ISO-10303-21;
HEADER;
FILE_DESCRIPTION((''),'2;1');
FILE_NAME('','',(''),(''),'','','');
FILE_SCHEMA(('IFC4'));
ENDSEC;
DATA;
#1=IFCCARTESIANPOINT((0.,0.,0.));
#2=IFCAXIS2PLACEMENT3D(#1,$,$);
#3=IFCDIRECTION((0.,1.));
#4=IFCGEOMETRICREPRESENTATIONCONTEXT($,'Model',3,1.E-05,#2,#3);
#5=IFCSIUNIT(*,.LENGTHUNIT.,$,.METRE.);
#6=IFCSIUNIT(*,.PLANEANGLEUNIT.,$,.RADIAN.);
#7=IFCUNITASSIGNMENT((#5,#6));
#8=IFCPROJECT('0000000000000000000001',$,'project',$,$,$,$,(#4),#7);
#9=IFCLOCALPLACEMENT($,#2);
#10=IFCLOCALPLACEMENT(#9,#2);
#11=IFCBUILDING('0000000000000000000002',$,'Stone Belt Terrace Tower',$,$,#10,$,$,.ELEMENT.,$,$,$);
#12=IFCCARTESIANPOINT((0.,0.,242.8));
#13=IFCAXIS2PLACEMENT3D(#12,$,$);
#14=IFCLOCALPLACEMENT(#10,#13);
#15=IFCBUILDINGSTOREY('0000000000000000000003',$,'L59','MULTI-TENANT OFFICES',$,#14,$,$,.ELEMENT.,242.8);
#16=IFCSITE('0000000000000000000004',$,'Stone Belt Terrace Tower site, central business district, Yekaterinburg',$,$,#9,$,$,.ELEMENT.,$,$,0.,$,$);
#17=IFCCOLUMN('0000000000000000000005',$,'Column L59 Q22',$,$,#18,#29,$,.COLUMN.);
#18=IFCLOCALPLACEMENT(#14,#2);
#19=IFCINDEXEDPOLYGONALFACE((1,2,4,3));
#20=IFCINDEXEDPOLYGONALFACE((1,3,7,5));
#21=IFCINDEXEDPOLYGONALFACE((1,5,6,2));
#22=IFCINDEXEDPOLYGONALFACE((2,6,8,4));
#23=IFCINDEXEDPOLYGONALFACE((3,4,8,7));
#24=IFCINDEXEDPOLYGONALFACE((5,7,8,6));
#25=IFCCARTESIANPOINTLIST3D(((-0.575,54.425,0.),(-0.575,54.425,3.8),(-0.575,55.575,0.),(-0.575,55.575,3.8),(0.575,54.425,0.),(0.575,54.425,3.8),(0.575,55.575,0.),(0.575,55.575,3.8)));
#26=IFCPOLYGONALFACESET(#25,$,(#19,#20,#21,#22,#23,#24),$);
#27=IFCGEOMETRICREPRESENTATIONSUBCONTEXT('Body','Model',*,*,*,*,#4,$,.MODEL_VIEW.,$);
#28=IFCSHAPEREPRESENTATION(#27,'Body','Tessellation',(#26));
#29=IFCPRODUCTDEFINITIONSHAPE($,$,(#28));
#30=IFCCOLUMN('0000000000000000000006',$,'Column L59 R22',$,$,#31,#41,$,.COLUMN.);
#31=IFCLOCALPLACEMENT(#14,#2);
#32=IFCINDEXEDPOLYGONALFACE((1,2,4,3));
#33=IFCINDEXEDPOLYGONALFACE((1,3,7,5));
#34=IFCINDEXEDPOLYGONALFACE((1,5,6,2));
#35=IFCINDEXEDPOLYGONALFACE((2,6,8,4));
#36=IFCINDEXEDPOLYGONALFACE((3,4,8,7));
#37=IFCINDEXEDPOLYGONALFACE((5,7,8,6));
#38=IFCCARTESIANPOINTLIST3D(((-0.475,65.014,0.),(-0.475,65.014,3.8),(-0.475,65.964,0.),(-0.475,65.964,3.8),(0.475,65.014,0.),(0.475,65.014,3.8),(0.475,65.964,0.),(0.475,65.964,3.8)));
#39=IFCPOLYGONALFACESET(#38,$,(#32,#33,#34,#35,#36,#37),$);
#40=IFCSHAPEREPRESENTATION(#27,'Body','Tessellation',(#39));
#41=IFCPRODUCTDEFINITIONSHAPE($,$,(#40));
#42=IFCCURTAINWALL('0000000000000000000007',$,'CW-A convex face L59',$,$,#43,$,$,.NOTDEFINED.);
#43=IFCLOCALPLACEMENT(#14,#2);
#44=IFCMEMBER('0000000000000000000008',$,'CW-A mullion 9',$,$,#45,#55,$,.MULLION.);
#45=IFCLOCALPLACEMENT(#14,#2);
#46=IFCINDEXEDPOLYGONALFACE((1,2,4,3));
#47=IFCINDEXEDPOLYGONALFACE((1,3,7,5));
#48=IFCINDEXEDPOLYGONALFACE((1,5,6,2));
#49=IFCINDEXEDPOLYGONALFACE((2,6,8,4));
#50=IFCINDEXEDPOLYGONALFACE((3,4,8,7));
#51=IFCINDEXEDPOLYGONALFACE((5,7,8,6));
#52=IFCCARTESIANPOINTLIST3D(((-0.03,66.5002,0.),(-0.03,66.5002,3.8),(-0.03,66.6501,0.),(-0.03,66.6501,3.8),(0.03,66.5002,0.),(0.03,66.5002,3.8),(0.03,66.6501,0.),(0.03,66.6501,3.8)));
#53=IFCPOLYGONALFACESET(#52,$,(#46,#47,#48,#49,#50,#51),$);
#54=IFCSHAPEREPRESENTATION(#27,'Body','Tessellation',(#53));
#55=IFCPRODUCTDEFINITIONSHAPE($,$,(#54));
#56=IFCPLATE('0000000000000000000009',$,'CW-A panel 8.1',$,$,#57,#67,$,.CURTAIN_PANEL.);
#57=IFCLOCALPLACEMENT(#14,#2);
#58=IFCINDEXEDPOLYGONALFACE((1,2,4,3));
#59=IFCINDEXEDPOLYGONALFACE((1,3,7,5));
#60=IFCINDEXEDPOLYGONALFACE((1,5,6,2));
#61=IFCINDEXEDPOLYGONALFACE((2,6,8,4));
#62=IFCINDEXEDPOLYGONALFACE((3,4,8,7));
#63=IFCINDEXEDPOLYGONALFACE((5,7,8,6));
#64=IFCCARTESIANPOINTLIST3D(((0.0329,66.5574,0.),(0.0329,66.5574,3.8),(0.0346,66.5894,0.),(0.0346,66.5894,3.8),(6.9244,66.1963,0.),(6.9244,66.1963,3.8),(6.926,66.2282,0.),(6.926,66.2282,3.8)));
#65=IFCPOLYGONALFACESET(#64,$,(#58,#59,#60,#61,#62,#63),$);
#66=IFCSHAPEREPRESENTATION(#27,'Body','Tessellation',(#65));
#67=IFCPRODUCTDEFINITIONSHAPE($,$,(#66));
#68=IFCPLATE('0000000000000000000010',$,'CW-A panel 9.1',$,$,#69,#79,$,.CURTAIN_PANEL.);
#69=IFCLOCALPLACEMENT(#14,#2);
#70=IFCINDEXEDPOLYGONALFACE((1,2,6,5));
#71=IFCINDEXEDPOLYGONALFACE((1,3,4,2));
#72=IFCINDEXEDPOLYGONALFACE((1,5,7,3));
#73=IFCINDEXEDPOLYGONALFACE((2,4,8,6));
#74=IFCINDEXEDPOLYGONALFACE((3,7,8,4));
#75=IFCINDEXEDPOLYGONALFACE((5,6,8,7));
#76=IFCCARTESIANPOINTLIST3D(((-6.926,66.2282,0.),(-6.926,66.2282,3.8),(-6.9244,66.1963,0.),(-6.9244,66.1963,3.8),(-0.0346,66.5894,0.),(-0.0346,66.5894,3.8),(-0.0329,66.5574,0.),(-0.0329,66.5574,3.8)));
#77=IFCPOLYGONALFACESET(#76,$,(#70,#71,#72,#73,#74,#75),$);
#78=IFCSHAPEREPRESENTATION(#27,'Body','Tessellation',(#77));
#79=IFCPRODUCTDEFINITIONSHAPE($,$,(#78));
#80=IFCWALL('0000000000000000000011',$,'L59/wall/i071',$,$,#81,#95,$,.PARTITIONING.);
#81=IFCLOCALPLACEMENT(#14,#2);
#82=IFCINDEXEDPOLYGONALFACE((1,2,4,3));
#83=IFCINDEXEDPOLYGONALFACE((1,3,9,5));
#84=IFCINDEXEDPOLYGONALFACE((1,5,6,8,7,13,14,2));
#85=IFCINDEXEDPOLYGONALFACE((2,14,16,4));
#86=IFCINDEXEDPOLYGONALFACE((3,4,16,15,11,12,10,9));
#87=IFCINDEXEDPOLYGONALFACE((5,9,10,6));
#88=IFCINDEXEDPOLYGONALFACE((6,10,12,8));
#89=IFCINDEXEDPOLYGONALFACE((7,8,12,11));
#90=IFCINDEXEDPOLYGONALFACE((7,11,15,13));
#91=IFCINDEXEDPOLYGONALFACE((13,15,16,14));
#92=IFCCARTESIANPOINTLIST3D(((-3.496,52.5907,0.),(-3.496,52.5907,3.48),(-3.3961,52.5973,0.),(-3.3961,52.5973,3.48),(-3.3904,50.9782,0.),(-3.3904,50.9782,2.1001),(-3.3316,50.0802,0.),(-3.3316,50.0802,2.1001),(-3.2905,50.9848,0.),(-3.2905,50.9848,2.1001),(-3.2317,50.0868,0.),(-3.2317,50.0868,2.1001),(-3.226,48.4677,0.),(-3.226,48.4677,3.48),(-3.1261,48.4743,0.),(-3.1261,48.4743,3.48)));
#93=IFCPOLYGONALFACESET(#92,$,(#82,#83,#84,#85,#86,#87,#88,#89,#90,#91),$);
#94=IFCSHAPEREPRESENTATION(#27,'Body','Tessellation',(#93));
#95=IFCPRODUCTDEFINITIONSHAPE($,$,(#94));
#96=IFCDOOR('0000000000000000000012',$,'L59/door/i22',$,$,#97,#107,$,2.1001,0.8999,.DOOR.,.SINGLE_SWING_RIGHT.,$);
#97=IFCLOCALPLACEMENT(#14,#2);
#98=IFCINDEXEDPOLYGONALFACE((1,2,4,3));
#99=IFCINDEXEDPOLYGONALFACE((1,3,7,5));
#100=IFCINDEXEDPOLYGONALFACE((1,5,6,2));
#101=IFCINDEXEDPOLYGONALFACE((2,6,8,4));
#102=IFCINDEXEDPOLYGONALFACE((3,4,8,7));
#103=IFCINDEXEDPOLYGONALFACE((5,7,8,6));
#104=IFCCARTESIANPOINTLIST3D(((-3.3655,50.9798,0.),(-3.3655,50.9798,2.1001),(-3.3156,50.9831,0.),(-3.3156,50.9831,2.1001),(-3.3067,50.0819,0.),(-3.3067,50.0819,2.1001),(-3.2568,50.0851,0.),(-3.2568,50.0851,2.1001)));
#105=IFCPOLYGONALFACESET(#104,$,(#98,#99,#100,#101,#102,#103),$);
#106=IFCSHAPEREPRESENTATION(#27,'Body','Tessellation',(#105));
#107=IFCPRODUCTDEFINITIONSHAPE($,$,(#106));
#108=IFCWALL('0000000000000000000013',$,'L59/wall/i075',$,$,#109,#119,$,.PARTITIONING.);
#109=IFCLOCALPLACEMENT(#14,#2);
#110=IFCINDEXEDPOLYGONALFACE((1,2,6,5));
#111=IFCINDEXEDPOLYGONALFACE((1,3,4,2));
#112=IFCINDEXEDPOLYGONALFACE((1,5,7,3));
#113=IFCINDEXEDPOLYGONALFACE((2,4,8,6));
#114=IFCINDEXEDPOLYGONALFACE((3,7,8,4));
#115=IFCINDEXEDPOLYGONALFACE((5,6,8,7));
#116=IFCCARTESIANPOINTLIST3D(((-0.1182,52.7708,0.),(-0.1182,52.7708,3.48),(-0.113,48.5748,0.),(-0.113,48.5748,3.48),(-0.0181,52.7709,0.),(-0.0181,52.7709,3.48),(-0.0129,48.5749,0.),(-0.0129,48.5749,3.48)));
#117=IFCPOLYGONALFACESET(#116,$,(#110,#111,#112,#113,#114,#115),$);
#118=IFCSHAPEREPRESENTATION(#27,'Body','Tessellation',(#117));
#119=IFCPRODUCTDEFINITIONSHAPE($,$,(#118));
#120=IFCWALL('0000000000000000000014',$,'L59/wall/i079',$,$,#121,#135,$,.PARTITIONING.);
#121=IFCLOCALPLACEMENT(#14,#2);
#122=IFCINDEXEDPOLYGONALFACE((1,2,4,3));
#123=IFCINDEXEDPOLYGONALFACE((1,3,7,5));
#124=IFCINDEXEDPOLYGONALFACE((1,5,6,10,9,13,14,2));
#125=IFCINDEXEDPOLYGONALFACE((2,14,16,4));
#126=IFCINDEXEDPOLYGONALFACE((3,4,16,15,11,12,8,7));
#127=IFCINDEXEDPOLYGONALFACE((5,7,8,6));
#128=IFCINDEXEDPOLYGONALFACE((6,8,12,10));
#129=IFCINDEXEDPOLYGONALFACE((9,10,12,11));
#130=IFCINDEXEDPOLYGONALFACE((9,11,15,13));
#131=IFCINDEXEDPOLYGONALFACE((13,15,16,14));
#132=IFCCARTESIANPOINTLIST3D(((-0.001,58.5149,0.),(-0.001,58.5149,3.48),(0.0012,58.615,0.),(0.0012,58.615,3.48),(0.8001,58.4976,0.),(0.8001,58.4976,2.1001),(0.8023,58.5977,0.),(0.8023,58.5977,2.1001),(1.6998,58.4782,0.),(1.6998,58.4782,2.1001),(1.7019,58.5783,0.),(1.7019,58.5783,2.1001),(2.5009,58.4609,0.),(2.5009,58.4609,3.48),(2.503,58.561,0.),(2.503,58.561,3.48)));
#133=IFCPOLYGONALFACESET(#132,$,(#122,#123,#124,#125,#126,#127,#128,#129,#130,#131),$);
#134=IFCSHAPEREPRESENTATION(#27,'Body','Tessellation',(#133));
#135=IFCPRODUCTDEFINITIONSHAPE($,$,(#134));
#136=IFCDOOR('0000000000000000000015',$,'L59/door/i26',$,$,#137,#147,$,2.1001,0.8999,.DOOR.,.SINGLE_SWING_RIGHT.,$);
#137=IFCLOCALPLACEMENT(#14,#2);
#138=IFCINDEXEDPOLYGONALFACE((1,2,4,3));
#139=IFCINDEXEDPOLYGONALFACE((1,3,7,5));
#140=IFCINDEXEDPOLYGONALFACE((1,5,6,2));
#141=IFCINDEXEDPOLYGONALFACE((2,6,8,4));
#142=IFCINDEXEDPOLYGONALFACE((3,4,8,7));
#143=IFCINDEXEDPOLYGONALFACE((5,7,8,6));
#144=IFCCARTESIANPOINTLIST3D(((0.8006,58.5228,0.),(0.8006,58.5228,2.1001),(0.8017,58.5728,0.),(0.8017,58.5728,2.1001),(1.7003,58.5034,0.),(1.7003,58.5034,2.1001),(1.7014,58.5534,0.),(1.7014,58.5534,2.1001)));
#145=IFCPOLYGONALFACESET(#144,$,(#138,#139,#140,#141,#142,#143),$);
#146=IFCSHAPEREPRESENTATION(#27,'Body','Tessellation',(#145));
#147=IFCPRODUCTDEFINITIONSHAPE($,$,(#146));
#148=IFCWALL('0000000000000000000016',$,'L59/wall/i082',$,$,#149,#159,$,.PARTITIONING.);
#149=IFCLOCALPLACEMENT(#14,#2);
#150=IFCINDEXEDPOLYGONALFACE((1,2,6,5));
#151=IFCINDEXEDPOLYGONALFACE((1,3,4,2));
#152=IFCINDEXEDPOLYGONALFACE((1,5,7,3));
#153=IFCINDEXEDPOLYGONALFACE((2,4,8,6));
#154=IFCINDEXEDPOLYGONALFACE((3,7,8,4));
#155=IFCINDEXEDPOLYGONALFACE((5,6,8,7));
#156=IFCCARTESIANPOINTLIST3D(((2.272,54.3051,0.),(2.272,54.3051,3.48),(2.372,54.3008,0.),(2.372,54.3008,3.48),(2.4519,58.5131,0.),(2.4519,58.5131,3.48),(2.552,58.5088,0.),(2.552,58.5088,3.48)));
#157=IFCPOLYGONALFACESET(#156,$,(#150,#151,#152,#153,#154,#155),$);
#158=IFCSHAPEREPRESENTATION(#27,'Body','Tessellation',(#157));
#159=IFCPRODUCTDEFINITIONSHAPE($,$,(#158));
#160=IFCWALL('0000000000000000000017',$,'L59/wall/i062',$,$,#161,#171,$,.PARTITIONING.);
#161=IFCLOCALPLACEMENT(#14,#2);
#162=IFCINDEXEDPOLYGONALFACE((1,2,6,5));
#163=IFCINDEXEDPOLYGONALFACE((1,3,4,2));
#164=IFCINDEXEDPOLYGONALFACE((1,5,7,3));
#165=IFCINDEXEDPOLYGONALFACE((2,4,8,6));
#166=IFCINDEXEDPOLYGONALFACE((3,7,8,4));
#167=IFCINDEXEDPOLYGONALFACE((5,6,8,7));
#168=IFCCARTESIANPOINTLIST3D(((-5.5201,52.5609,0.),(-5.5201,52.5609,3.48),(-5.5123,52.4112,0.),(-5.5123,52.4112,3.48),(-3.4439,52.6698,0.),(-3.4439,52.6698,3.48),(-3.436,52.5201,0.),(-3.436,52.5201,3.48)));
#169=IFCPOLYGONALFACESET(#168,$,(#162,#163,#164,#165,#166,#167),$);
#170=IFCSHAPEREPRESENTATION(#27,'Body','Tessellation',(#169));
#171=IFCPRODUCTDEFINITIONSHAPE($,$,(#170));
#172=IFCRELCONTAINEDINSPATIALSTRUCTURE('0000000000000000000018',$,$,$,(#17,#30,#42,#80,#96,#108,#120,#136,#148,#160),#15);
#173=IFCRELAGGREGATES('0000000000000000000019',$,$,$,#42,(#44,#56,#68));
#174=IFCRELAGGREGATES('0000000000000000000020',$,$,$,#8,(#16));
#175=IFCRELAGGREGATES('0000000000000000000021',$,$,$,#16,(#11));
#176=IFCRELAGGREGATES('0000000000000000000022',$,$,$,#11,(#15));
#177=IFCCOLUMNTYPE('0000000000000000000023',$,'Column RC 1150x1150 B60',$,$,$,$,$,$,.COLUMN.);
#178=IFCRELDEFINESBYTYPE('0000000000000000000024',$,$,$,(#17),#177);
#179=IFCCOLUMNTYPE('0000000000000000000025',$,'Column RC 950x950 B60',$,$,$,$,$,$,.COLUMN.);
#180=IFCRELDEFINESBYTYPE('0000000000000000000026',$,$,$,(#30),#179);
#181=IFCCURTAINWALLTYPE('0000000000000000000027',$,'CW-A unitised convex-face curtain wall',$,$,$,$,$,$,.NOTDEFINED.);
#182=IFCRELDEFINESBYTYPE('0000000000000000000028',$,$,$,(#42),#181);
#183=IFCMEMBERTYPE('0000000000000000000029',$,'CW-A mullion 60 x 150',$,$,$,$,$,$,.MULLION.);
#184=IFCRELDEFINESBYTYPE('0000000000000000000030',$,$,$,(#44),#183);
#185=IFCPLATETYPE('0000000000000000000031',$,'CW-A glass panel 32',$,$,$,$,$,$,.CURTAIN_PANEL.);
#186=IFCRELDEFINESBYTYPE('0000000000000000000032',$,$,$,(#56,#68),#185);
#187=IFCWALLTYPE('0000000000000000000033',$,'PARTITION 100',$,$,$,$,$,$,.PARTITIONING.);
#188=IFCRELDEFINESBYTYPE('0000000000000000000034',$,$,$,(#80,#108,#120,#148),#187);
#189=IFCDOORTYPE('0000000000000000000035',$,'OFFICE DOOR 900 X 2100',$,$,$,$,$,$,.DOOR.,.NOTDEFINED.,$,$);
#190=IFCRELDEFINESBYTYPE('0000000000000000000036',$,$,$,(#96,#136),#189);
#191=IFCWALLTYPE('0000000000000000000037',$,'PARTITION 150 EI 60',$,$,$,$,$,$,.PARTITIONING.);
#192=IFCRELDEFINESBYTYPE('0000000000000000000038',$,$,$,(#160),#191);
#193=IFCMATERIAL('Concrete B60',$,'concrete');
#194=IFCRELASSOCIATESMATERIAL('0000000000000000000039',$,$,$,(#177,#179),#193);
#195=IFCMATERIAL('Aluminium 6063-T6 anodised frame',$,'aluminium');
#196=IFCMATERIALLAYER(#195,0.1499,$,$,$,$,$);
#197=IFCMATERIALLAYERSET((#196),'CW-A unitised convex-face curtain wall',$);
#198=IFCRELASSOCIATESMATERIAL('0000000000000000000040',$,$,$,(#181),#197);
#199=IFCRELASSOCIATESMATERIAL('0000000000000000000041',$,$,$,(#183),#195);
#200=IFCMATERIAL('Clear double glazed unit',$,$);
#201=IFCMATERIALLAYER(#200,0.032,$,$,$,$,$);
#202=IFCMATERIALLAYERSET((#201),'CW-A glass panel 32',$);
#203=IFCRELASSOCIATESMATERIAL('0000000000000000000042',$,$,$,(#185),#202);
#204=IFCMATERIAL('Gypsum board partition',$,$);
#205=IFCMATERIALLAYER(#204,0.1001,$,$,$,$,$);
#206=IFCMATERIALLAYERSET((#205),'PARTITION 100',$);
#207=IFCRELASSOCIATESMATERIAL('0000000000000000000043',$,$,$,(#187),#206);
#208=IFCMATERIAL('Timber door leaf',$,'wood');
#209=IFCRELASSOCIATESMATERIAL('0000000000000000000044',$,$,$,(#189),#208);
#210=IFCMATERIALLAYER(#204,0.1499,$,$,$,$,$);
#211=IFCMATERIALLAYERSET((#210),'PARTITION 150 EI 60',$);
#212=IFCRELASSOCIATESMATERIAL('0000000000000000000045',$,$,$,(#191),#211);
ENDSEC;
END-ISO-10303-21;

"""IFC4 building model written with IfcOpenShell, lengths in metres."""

from ifc_helpers import new_model, si_unit, direction, frame, frame_2d, origin, origin_2d, place, context, subcontext, project, spatial, rectangle, extrude, material, layer, layer_set, material_profile, profile_set, type_object, element, fill, aggregate, save


model = new_model("IFC4")

# Units and contexts
model_context = context("Model", 3, precision=1e-05, world=origin(), true_north=direction((0.0, 1.0)))
body_context = subcontext(model_context, "Body", "Model", "MODEL_VIEW")
ifc_project = project(units=[si_unit("LENGTHUNIT", "METRE"), si_unit("PLANEANGLEUNIT", "RADIAN")], contexts=[model_context])

# Site, building, storey
site_placement = place(None, origin())
site = spatial("IfcSite", under=ifc_project, at=site_placement, Name="Stone Belt Terrace Tower site, central business district, Yekaterinburg", CompositionType="ELEMENT", RefElevation=0.0)
building_placement = place(site_placement, origin())
building = spatial("IfcBuilding", under=site, at=building_placement, Name="Stone Belt Terrace Tower", CompositionType="ELEMENT")
storey_placement = place(building_placement, frame((0.0, 0.0, 242.8)))
storey = spatial("IfcBuildingStorey", under=building, at=storey_placement, Name="L59", Description="MULTI-TENANT OFFICES", CompositionType="ELEMENT", Elevation=242.8)

# Columns
ifc_material_1 = material(Name="Concrete B60", Category="concrete")
ifc_material_profile_1 = material_profile(ifc_material_1, rectangle(XDim=1.1499, YDim=1.1499, at=origin_2d()), Name="RC 1150x1150")
ifc_profile_set_1 = profile_set([ifc_material_profile_1], Name="Concrete B60")
column_type_1 = type_object("IfcColumnType", Name="Column RC 1150x1150 B60", PredefinedType="COLUMN", material=ifc_profile_set_1)
column_1_placement = place(storey_placement, frame((0.0, 55.0, 0.0), z_axis=(0.0, 0.0, 1.0), x_axis=(1.0, 0.0, 0.0)))
element("IfcColumn", 1, at=column_1_placement, inside=storey, type_object=column_type_1, Name="Column L59 Q22", PredefinedType="COLUMN", context=body_context, shape_type="SweptSolid", body=[
    extrude(rectangle(XDim=1.1499, YDim=1.1499, at=origin_2d()), origin(), (0.0, 0.0, 1.0), 3.8),
])
ifc_material_profile_2 = material_profile(ifc_material_1, rectangle(XDim=0.95, YDim=0.95, at=origin_2d()), Name="RC 950x950")
ifc_profile_set_2 = profile_set([ifc_material_profile_2], Name="Concrete B60")
column_type_2 = type_object("IfcColumnType", Name="Column RC 950x950 B60", PredefinedType="COLUMN", material=ifc_profile_set_2)
column_2_placement = place(storey_placement, frame((0.0, 65.489, 0.0), z_axis=(0.0, 0.0, 1.0), x_axis=(1.0, 0.0, 0.0)))
element("IfcColumn", 2, at=column_2_placement, inside=storey, type_object=column_type_2, Name="Column L59 R22", PredefinedType="COLUMN", context=body_context, shape_type="SweptSolid", body=[
    extrude(rectangle(XDim=0.95, YDim=0.95, at=origin_2d()), origin(), (0.0, 0.0, 1.0), 3.8),
])

# Curtain wall, member, plates
ifc_material_2 = material(Name="Aluminium 6063-T6 anodised frame", Category="aluminium")
ifc_layer_1 = layer(ifc_material_2, 0.1499)
ifc_layer_set_1 = layer_set([ifc_layer_1], Name="CW-A unitised convex-face curtain wall")
curtain_wall_type = type_object("IfcCurtainWallType", Name="CW-A unitised convex-face curtain wall", PredefinedType="NOTDEFINED", material=ifc_layer_set_1)
curtain_wall_placement = place(storey_placement, origin())
curtain_wall = element("IfcCurtainWall", 3, at=curtain_wall_placement, inside=storey, type_object=curtain_wall_type, Name="CW-A convex face L59", PredefinedType="NOTDEFINED")
ifc_material_profile_3 = material_profile(ifc_material_2, rectangle(XDim=0.1499, YDim=0.0601, at=origin_2d()), Name="Aluminium 6063-T6 60x150")
ifc_profile_set_3 = profile_set([ifc_material_profile_3], Name="Aluminium 6063-T6 anodised frame")
member_type = type_object("IfcMemberType", Name="CW-A mullion 60 x 150", PredefinedType="MULLION", material=ifc_profile_set_3)
member_placement = place(storey_placement, frame((0.0, 66.5752, 0.0), z_axis=(0.0, 0.0, 1.0), x_axis=(0.0, -1.0, 0.0)))
member = element("IfcMember", 4, at=member_placement, type_object=member_type, Name="CW-A mullion 9", PredefinedType="MULLION", context=body_context, shape_type="SweptSolid", body=[
    extrude(rectangle(XDim=0.1499, YDim=0.0601, at=origin_2d()), origin(), (0.0, 0.0, 1.0), 3.8),
])
ifc_material_3 = material(Name="Clear double glazed unit")
ifc_layer_2 = layer(ifc_material_3, 0.032)
ifc_layer_set_2 = layer_set([ifc_layer_2], Name="CW-A glass panel 32")
plate_type = type_object("IfcPlateType", Name="CW-A glass panel 32", PredefinedType="CURTAIN_PANEL", material=ifc_layer_set_2)
plate_1_placement = place(storey_placement, frame((3.4795, 66.3928, 0.0), z_axis=(0.0, 0.0, 1.0), x_axis=(-0.99863, 0.052336, 0.0)))
plate_1 = element("IfcPlate", 5, at=plate_1_placement, type_object=plate_type, Name="CW-A panel 8.1", PredefinedType="CURTAIN_PANEL", context=body_context, shape_type="SweptSolid", body=[
    extrude(rectangle(XDim=6.9009, YDim=0.032, at=origin_2d()), origin(), (0.0, 0.0, 1.0), 3.8),
])
plate_2_placement = place(storey_placement, frame((-3.4795, 66.3928, 0.0), z_axis=(0.0, 0.0, 1.0), x_axis=(-0.99863, -0.052336, 0.0)))
plate_2 = element("IfcPlate", 6, at=plate_2_placement, type_object=plate_type, Name="CW-A panel 9.1", PredefinedType="CURTAIN_PANEL", context=body_context, shape_type="SweptSolid", body=[
    extrude(rectangle(XDim=6.9009, YDim=0.032, at=origin_2d()), origin(), (0.0, 0.0, 1.0), 3.8),
])
aggregate(curtain_wall, [member, plate_1, plate_2])

# Wall, opening, door
ifc_material_4 = material(Name="Gypsum board partition")
ifc_layer_3 = layer(ifc_material_4, 0.1001)
ifc_layer_set_3 = layer_set([ifc_layer_3], Name="PARTITION 100")
wall_type_1 = type_object("IfcWallType", Name="PARTITION 100", PredefinedType="PARTITIONING", material=ifc_layer_set_3)
wall_1_placement = place(storey_placement, frame((-3.446, 52.594, 0.0), z_axis=(0.0, 0.0, 1.0), x_axis=(0.06535, -0.997862, 0.0)))
wall_1 = element("IfcWall", 7, at=wall_1_placement, inside=storey, type_object=wall_type_1, Name="L59/wall/i071", PredefinedType="PARTITIONING", context=body_context, shape_type="SweptSolid", body=[
    extrude(rectangle(XDim=4.1318, YDim=0.1001, at=frame_2d((2.0659, 0.0))), origin(), (0.0, 0.0, 1.0), 3.48),
])
opening_1_placement = place(wall_1_placement, frame((1.616, 0.0, 0.0)))
opening_1 = element("IfcOpeningElement", 8, at=opening_1_placement, cuts=wall_1, PredefinedType="OPENING", context=body_context, shape_type="SweptSolid", body=[
    extrude(rectangle(XDim=0.8999, YDim=2.1001, at=frame_2d((0.45, 1.05))), frame((0.0, 0.0601, 0.0), z_axis=(0.0, -1.0, 0.0), x_axis=(1.0, 0.0, 0.0)), (0.0, 0.0, 1.0), 0.1201),
])
ifc_material_5 = material(Name="Timber door leaf", Category="wood")
door_type = type_object("IfcDoorType", Name="OFFICE DOOR 900 X 2100", OperationType="NOTDEFINED", PredefinedType="DOOR", material=ifc_material_5)
door_1_placement = place(opening_1_placement, origin())
door_1 = element("IfcDoor", 9, at=door_1_placement, inside=storey, type_object=door_type, Name="L59/door/i22", OperationType="SINGLE_SWING_RIGHT", OverallHeight=2.1001, OverallWidth=0.8999, PredefinedType="DOOR", context=body_context, shape_type="SweptSolid", body=[
    extrude(rectangle(XDim=0.8999, YDim=2.1001, at=frame_2d((0.45, 1.05))), frame((0.0, 0.0249, 0.0), z_axis=(0.0, -1.0, 0.0), x_axis=(1.0, 0.0, 0.0)), (0.0, 0.0, 1.0), 0.05),
])
fill(opening_1, door_1)

# Wall
wall_2_placement = place(storey_placement, frame((-0.0681, 52.771, 0.0), z_axis=(0.0, 0.0, 1.0), x_axis=(0.001222, -0.999999, 0.0)))
element("IfcWall", 10, at=wall_2_placement, inside=storey, type_object=wall_type_1, Name="L59/wall/i075", PredefinedType="PARTITIONING", context=body_context, shape_type="SweptSolid", body=[
    extrude(rectangle(XDim=4.196, YDim=0.1001, at=frame_2d((2.0981, 0.0))), origin(), (0.0, 0.0, 1.0), 3.48),
])

# Wall, opening, door
wall_3_placement = place(storey_placement, frame((2.502, 58.511, 0.0), z_axis=(0.0, 0.0, 1.0), x_axis=(-0.999768, 0.02156, 0.0)))
wall_3 = element("IfcWall", 11, at=wall_3_placement, inside=storey, type_object=wall_type_1, Name="L59/wall/i079", PredefinedType="PARTITIONING", context=body_context, shape_type="SweptSolid", body=[
    extrude(rectangle(XDim=2.5024, YDim=0.1001, at=frame_2d((1.2512, 0.0))), origin(), (0.0, 0.0, 1.0), 3.48),
])
opening_2_placement = place(wall_3_placement, frame((0.8013, 0.0, 0.0)))
opening_2 = element("IfcOpeningElement", 12, at=opening_2_placement, cuts=wall_3, PredefinedType="OPENING", context=body_context, shape_type="SweptSolid", body=[
    extrude(rectangle(XDim=0.8999, YDim=2.1001, at=frame_2d((0.45, 1.05))), frame((0.0, 0.0601, 0.0), z_axis=(0.0, -1.0, 0.0), x_axis=(1.0, 0.0, 0.0)), (0.0, 0.0, 1.0), 0.1201),
])
door_2_placement = place(opening_2_placement, origin())
door_2 = element("IfcDoor", 13, at=door_2_placement, inside=storey, type_object=door_type, Name="L59/door/i26", OperationType="SINGLE_SWING_RIGHT", OverallHeight=2.1001, OverallWidth=0.8999, PredefinedType="DOOR", context=body_context, shape_type="SweptSolid", body=[
    extrude(rectangle(XDim=0.8999, YDim=2.1001, at=frame_2d((0.45, 1.05))), frame((0.0, 0.0249, 0.0), z_axis=(0.0, -1.0, 0.0), x_axis=(1.0, 0.0, 0.0)), (0.0, 0.0, 1.0), 0.05),
])
fill(opening_2, door_2)

# Walls
wall_4_placement = place(storey_placement, frame((2.502, 58.511, 0.0), z_axis=(0.0, 0.0, 1.0), x_axis=(-0.04272, -0.999087, 0.0)))
element("IfcWall", 14, at=wall_4_placement, inside=storey, type_object=wall_type_1, Name="L59/wall/i082", PredefinedType="PARTITIONING", context=body_context, shape_type="SweptSolid", body=[
    extrude(rectangle(XDim=4.2119, YDim=0.1001, at=frame_2d((2.106, 0.0))), origin(), (0.0, 0.0, 1.0), 3.48),
])
ifc_layer_4 = layer(ifc_material_4, 0.1499)
ifc_layer_set_4 = layer_set([ifc_layer_4], Name="PARTITION 150 EI 60")
wall_type_2 = type_object("IfcWallType", Name="PARTITION 150 EI 60", PredefinedType="PARTITIONING", material=ifc_layer_set_4)
wall_5_placement = place(storey_placement, frame((-3.4399, 52.595, 0.0), z_axis=(0.0, 0.0, 1.0), x_axis=(-0.998628, -0.052374, 0.0)))
element("IfcWall", 15, at=wall_5_placement, inside=storey, type_object=wall_type_2, Name="L59/wall/i062", PredefinedType="PARTITIONING", context=body_context, shape_type="SweptSolid", body=[
    extrude(rectangle(XDim=2.0791, YDim=0.1499, at=frame_2d((1.0396, 0.0))), origin(), (0.0, 0.0, 1.0), 3.48),
])

save(model, "model.ifc")
